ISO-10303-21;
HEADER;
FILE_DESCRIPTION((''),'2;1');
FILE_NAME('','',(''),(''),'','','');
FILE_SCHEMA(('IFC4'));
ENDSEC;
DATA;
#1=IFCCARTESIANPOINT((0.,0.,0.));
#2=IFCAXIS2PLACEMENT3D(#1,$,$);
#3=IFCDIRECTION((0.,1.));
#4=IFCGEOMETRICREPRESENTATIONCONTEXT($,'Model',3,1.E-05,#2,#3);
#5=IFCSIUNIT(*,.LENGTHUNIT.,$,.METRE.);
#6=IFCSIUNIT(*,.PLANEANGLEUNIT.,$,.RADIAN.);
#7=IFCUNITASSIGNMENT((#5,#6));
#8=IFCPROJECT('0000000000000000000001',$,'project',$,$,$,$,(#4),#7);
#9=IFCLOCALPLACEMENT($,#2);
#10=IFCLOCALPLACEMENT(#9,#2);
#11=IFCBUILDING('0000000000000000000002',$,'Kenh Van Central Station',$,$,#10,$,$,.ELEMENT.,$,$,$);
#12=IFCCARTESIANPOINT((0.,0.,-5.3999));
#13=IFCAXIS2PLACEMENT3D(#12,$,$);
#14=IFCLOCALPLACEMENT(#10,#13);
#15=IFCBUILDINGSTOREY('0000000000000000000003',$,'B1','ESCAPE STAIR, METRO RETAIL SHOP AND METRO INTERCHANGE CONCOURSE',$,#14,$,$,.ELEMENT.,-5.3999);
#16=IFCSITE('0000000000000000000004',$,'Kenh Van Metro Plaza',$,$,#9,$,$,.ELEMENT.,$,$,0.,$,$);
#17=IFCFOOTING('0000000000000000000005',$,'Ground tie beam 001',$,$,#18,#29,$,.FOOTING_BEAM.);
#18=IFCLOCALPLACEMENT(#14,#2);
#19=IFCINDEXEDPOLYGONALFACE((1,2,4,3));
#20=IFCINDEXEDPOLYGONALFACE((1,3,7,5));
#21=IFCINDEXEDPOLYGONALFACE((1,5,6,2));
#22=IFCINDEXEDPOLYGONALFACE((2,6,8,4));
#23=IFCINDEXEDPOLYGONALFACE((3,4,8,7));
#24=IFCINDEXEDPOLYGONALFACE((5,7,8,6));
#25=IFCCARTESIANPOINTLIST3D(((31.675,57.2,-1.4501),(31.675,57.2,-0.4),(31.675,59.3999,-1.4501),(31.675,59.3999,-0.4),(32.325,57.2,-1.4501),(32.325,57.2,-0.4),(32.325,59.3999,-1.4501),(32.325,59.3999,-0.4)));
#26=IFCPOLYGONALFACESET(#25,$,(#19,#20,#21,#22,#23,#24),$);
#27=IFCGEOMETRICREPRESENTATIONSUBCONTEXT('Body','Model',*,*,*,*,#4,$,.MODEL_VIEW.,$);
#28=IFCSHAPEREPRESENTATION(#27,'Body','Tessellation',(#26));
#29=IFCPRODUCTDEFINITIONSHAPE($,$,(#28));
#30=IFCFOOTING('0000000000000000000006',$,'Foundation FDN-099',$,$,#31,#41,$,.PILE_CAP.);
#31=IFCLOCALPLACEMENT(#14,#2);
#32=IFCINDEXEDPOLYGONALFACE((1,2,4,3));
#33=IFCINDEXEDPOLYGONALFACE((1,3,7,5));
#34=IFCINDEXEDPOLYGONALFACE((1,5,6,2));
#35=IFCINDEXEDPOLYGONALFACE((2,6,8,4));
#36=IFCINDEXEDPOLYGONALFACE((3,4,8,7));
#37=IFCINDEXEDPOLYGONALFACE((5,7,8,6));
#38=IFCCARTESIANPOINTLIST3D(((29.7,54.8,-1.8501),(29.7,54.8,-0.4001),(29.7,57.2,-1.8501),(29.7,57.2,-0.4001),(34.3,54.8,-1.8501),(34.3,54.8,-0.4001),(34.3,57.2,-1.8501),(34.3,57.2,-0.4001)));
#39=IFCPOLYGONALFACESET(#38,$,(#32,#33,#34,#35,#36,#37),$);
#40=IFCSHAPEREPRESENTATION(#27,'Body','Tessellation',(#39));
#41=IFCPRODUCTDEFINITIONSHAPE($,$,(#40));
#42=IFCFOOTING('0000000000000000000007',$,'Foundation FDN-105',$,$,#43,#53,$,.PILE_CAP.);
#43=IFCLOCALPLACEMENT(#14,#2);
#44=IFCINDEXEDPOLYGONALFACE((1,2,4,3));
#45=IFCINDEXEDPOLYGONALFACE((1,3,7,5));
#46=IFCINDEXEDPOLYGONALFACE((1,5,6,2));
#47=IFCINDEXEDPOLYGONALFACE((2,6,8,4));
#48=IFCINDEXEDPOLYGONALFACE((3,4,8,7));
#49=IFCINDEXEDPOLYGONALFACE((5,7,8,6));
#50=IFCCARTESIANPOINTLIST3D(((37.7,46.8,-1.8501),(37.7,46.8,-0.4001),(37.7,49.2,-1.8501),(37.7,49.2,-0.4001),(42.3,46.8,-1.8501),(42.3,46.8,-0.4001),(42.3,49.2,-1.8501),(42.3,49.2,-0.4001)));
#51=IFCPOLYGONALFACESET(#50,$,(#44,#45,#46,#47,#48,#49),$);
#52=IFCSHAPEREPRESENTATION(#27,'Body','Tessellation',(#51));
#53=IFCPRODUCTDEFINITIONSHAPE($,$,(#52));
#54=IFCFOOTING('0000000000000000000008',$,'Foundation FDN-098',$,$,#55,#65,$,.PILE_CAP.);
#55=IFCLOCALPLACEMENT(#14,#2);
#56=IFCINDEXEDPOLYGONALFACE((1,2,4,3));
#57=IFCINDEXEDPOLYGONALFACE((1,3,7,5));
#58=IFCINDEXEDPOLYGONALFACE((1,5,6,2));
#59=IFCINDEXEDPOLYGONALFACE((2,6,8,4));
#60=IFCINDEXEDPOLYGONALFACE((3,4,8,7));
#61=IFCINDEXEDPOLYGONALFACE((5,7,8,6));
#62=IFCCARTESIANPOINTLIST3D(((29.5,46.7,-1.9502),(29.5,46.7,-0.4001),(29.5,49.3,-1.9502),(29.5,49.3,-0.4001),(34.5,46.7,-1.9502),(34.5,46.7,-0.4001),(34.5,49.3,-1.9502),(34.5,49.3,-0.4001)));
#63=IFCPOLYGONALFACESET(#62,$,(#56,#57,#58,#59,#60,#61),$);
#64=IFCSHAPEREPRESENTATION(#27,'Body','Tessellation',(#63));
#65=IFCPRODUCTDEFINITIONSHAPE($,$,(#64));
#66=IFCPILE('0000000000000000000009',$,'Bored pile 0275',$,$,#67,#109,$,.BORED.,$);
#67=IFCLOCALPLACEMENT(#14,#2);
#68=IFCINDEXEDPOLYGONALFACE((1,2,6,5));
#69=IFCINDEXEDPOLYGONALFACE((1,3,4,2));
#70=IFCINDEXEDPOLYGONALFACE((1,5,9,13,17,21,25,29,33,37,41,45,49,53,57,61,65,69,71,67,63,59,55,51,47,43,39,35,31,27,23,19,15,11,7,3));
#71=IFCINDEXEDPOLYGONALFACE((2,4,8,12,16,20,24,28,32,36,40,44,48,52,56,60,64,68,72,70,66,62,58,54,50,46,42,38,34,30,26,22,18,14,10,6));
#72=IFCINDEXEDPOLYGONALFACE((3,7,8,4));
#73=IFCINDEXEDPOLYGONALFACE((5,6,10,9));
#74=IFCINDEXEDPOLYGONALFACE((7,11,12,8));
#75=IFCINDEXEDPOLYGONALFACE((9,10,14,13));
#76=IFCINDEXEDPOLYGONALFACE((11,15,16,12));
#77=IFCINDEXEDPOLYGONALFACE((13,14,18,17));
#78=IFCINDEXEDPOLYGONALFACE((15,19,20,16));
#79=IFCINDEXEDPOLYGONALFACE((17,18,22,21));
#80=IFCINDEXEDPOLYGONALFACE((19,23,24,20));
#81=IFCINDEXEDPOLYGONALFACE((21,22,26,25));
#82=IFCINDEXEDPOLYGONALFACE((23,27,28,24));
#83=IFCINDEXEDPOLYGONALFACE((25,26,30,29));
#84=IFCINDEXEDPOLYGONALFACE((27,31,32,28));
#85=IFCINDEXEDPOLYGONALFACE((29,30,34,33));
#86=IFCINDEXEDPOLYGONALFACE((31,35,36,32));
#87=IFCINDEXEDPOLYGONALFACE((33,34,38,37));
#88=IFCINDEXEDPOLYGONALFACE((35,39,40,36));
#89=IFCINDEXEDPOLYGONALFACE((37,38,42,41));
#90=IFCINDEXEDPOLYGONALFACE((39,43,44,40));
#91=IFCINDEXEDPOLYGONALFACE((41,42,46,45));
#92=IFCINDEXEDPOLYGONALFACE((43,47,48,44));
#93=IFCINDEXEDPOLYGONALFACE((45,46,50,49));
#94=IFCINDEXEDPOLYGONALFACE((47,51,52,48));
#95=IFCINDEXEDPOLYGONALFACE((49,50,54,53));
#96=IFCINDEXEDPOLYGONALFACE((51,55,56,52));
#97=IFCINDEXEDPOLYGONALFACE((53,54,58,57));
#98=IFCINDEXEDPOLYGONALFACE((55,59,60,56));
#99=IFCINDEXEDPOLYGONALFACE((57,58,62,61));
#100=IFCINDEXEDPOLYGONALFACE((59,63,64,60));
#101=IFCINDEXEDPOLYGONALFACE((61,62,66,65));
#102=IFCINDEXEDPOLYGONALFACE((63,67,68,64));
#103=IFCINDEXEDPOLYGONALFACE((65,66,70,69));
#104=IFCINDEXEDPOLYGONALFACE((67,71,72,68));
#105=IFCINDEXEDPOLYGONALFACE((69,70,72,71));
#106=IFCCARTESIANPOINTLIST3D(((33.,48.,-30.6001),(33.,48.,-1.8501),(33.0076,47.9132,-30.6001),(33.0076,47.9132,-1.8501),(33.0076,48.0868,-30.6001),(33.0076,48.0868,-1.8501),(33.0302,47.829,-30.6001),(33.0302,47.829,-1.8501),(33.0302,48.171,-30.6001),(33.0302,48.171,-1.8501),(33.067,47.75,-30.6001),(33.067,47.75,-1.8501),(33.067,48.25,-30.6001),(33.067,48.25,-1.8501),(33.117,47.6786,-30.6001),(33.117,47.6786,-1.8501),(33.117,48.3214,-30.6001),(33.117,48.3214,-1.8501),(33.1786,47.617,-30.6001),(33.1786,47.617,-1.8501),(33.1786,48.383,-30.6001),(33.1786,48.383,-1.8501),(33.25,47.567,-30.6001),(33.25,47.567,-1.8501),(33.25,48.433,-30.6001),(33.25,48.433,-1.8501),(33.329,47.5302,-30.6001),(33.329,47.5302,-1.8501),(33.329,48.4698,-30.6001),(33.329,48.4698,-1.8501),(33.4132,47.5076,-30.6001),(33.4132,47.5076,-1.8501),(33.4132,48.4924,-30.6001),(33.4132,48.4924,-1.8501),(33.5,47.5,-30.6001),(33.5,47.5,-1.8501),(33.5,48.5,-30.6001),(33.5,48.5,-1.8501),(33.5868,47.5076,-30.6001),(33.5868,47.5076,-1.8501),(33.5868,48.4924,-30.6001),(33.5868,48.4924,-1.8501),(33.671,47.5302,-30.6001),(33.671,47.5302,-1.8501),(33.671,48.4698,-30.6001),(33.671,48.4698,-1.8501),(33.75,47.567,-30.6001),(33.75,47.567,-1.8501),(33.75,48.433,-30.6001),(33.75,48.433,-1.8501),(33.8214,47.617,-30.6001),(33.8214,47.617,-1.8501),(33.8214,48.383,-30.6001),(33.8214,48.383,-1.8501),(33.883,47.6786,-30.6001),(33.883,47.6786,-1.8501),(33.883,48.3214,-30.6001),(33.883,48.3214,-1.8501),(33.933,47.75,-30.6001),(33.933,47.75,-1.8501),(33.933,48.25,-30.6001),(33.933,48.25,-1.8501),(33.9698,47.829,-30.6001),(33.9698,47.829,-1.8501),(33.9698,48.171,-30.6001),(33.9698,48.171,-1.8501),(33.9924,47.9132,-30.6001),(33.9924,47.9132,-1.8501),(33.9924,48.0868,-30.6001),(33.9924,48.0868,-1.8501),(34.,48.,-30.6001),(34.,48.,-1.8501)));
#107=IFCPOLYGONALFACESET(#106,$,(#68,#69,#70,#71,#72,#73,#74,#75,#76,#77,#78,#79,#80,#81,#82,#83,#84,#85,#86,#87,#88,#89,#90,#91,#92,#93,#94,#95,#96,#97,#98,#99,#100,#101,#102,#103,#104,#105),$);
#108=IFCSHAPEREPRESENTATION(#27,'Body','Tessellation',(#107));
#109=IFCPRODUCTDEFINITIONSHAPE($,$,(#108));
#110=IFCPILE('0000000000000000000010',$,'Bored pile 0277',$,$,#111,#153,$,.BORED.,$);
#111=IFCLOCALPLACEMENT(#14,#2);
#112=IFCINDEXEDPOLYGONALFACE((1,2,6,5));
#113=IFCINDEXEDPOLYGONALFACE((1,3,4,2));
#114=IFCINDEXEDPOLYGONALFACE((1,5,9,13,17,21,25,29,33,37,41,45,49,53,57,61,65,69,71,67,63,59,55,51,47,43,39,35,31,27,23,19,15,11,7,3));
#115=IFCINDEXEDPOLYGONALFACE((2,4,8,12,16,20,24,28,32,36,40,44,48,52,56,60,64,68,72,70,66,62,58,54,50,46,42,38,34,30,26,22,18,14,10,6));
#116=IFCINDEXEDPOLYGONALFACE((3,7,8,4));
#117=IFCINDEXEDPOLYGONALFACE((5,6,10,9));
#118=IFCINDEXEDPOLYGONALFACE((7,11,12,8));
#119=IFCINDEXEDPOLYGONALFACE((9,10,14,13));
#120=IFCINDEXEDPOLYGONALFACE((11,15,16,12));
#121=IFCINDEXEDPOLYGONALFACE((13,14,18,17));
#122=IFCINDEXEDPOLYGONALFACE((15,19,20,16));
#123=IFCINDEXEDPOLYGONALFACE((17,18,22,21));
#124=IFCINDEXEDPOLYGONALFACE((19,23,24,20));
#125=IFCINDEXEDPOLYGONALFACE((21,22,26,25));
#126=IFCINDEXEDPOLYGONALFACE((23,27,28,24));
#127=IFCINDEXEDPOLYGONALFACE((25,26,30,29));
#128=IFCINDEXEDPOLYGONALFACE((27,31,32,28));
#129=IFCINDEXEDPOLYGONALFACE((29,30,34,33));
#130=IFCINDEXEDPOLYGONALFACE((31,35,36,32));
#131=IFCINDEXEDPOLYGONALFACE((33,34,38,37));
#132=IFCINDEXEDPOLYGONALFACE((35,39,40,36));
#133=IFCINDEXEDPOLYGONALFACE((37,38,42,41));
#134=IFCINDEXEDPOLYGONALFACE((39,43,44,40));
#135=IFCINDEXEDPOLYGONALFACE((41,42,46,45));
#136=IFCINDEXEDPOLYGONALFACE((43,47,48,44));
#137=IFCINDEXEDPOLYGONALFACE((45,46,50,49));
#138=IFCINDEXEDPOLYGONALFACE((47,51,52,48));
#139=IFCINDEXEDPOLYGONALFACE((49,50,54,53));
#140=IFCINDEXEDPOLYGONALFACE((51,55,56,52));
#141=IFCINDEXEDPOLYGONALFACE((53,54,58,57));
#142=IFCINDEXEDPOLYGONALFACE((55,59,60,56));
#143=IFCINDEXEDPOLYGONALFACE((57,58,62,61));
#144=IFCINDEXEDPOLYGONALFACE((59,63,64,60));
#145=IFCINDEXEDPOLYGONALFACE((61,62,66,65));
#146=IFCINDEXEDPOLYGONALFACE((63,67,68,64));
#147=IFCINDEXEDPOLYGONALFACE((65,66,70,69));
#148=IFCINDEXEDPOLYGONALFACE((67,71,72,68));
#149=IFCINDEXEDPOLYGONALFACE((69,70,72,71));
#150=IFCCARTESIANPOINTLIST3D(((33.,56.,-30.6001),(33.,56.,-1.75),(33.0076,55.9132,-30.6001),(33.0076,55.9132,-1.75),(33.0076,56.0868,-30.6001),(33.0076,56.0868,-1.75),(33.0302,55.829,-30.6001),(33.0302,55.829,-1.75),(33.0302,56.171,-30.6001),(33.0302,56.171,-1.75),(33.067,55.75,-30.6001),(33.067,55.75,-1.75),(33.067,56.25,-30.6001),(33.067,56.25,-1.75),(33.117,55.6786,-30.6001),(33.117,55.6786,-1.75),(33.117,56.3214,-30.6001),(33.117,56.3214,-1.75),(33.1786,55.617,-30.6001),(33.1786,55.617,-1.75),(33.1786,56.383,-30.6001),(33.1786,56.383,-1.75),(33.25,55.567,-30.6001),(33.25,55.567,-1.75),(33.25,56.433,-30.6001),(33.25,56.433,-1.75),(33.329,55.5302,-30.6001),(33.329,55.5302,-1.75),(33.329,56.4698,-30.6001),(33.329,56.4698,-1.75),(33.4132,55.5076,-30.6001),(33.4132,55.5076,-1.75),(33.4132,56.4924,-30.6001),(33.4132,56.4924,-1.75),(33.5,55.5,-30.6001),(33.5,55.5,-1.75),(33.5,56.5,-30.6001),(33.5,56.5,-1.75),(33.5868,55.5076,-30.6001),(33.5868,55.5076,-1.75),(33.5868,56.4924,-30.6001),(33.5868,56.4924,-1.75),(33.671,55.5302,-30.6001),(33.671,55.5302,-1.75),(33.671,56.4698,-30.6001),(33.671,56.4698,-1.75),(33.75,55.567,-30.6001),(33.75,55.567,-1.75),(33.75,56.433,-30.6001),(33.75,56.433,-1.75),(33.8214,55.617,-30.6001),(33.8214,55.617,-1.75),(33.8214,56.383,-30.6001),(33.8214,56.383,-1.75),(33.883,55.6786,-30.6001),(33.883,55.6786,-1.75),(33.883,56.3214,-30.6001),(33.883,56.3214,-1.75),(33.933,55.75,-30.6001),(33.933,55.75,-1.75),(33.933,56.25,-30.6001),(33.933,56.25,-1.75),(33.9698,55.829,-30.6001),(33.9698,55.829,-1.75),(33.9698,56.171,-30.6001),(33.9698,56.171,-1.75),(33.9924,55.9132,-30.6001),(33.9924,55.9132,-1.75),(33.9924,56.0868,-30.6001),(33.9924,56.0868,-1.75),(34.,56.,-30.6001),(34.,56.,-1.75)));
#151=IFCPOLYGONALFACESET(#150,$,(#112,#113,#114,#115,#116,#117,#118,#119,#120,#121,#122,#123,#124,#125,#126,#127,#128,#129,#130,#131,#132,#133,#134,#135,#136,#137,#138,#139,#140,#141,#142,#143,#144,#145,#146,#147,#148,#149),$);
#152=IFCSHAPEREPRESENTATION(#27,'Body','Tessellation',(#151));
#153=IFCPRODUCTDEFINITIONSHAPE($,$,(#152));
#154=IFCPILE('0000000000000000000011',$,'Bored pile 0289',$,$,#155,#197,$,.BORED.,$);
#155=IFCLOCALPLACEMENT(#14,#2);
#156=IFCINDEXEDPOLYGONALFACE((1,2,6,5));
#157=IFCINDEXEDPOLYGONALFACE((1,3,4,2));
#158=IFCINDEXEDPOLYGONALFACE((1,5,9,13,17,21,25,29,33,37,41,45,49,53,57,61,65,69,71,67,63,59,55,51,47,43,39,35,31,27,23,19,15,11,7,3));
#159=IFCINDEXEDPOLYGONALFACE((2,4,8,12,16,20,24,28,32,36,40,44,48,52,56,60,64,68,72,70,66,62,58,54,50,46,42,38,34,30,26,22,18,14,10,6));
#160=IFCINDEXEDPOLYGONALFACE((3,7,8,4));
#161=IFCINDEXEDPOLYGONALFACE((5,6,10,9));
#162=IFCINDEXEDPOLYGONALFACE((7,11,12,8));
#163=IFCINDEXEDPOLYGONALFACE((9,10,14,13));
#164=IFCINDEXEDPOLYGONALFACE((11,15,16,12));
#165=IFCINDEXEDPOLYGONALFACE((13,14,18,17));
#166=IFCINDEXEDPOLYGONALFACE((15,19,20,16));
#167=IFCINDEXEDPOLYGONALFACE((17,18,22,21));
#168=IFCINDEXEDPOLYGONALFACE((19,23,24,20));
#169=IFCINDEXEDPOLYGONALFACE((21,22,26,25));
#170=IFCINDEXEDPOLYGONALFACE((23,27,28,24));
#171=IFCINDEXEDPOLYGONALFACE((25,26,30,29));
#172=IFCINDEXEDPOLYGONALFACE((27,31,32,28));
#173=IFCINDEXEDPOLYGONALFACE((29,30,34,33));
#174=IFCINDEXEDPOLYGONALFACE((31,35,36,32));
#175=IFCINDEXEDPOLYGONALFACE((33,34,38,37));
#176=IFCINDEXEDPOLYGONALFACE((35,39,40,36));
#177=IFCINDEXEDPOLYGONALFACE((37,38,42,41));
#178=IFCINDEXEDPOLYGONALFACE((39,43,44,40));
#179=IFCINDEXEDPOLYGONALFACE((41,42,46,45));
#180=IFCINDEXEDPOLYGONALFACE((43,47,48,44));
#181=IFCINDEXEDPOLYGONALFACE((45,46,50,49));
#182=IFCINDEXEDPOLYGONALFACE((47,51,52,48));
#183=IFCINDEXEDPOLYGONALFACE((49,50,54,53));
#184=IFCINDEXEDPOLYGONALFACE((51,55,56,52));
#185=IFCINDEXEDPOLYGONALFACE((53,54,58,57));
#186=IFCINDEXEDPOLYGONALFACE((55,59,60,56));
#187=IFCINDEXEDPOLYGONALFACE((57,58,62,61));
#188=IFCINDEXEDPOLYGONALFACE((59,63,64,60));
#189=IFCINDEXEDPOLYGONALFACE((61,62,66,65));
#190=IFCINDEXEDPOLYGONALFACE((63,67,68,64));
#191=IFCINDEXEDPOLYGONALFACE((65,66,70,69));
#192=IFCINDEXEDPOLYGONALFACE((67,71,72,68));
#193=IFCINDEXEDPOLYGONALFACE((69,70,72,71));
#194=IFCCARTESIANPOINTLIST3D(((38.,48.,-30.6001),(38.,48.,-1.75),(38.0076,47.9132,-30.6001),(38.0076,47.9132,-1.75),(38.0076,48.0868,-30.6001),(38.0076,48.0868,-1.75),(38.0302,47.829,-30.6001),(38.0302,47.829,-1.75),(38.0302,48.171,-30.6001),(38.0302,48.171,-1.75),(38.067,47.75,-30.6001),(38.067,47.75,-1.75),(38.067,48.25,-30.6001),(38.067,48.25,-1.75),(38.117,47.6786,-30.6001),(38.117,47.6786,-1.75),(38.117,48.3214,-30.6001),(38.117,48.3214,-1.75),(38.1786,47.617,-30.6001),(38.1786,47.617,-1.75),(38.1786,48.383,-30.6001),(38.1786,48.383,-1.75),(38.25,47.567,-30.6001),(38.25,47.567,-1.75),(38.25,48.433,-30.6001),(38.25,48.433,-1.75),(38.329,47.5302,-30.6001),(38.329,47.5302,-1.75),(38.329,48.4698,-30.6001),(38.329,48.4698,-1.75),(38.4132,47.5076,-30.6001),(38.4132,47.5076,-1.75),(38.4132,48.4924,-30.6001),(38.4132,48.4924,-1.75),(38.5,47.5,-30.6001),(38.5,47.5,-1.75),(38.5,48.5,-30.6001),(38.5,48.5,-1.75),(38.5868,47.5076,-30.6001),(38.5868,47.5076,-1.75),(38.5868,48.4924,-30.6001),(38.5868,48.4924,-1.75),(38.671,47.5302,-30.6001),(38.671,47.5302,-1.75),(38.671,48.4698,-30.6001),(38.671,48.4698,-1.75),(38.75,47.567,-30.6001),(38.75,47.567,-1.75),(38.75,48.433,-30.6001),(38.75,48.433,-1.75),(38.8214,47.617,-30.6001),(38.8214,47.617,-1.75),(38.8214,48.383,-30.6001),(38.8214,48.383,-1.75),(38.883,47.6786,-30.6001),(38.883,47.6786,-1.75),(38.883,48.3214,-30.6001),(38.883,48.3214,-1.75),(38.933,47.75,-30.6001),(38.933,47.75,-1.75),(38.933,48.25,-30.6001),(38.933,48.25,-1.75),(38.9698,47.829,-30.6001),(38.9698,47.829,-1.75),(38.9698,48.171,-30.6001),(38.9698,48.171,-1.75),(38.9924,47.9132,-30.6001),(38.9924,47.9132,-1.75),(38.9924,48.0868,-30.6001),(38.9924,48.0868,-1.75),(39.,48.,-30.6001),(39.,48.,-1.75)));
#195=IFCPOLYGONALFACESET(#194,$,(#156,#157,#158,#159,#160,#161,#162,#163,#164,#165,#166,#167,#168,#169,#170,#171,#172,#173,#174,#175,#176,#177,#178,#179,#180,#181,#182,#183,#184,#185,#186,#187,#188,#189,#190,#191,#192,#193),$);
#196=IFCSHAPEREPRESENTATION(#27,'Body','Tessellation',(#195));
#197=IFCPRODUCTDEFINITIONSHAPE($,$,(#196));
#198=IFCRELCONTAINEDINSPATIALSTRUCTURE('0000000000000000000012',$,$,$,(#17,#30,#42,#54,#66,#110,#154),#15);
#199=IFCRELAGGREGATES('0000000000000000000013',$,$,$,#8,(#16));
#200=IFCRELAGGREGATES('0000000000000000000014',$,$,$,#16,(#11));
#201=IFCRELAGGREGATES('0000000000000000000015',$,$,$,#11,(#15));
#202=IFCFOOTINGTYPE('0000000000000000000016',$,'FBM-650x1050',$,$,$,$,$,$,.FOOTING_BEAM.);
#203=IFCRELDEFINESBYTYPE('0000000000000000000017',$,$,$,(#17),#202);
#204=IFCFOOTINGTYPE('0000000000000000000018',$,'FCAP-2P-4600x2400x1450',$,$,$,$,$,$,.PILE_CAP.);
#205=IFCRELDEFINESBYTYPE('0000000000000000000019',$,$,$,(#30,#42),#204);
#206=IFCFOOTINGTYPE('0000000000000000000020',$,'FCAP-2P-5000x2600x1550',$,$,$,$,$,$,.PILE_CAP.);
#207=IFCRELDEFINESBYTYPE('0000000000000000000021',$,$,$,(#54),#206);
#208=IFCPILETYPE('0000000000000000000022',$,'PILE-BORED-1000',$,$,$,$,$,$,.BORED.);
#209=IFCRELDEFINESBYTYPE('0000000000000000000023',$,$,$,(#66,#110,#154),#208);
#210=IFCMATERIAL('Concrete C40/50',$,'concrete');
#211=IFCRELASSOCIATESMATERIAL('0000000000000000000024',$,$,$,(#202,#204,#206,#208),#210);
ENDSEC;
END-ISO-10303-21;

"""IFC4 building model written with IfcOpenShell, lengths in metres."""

from ifc_helpers import new_model, si_unit, direction, frame, origin, origin_2d, place, context, subcontext, project, spatial, rectangle, circle, extrude, material, material_profile, profile_set, type_object, element, save


model = new_model("IFC4")

# Units and contexts
model_context = context("Model", 3, precision=1e-05, world=origin(), true_north=direction((0.0, 1.0)))
body_context = subcontext(model_context, "Body", "Model", "MODEL_VIEW")
ifc_project = project(units=[si_unit("LENGTHUNIT", "METRE"), si_unit("PLANEANGLEUNIT", "RADIAN")], contexts=[model_context])

# Site, building, storey
site_placement = place(None, origin())
site = spatial("IfcSite", under=ifc_project, at=site_placement, Name="Kenh Van Metro Plaza", CompositionType="ELEMENT", RefElevation=0.0)
building_placement = place(site_placement, origin())
building = spatial("IfcBuilding", under=site, at=building_placement, Name="Kenh Van Central Station", CompositionType="ELEMENT")
storey_placement = place(building_placement, frame((0.0, 0.0, -5.3999)))
storey = spatial("IfcBuildingStorey", under=building, at=storey_placement, Name="B1", Description="ESCAPE STAIR, METRO RETAIL SHOP AND METRO INTERCHANGE CONCOURSE", CompositionType="ELEMENT", Elevation=-5.3999)

# Footings
ifc_material_1 = material(Name="Concrete C40/50", Category="concrete")
ifc_material_profile_1 = material_profile(ifc_material_1, rectangle(XDim=0.6499, YDim=1.05, at=origin_2d()), Name="RC 650x1050")
ifc_profile_set_1 = profile_set([ifc_material_profile_1], Name="Concrete C40/50")
footing_type_1 = type_object("IfcFootingType", Name="FBM-650x1050", PredefinedType="FOOTING_BEAM", material=ifc_profile_set_1)
footing_1_placement = place(storey_placement, frame((32.0, 57.2, -0.925), z_axis=(0.0, 1.0, 0.0), x_axis=(-1.0, 0.0, 0.0)))
element("IfcFooting", 1, at=footing_1_placement, inside=storey, type_object=footing_type_1, Name="Ground tie beam 001", PredefinedType="FOOTING_BEAM", context=body_context, shape_type="SweptSolid", body=[
    extrude(rectangle(XDim=0.6499, YDim=1.05, at=origin_2d()), origin(), (0.0, 0.0, 1.0), 2.2),
])
footing_type_2 = type_object("IfcFootingType", Name="FCAP-2P-4600x2400x1450", PredefinedType="PILE_CAP", material=ifc_material_1)
for number, where, z_axis, x_axis, name in (
    (2, (32.0, 56.0, -1.8501), (0.0, 0.0, 1.0), (1.0, 0.0, 0.0), "Foundation FDN-099"),
    (3, (40.0, 48.0, -1.8501), (0.0, 0.0, 1.0), (1.0, 0.0, 0.0), "Foundation FDN-105"),
):
    element("IfcFooting", number, at=place(storey_placement, frame(where, z_axis=z_axis, x_axis=x_axis)), inside=storey, type_object=footing_type_2, Name=name, PredefinedType="PILE_CAP", context=body_context, shape_type="SweptSolid", body=[
        extrude(rectangle(XDim=4.6001, YDim=2.3999, at=origin_2d()), origin(), (0.0, 0.0, 1.0), 1.45),
    ])
footing_type_3 = type_object("IfcFootingType", Name="FCAP-2P-5000x2600x1550", PredefinedType="PILE_CAP", material=ifc_material_1)
footing_2_placement = place(storey_placement, frame((32.0, 48.0, -1.9502), z_axis=(0.0, 0.0, 1.0), x_axis=(1.0, 0.0, 0.0)))
element("IfcFooting", 4, at=footing_2_placement, inside=storey, type_object=footing_type_3, Name="Foundation FDN-098", PredefinedType="PILE_CAP", context=body_context, shape_type="SweptSolid", body=[
    extrude(rectangle(XDim=5.0, YDim=2.6001, at=origin_2d()), origin(), (0.0, 0.0, 1.0), 1.55),
])

# Piles
ifc_material_profile_2 = material_profile(ifc_material_1, circle(Radius=0.5, at=origin_2d()), Name="PILE D1000")
ifc_profile_set_2 = profile_set([ifc_material_profile_2], Name="Concrete C40/50")
pile_type = type_object("IfcPileType", Name="PILE-BORED-1000", PredefinedType="BORED", material=ifc_profile_set_2)
pile_1_placement = place(storey_placement, frame((33.5, 48.0, -1.8501), z_axis=(0.0, 0.0, -1.0), x_axis=(1.0, 0.0, 0.0)))
element("IfcPile", 5, at=pile_1_placement, inside=storey, type_object=pile_type, Name="Bored pile 0275", PredefinedType="BORED", context=body_context, shape_type="SweptSolid", body=[
    extrude(circle(Radius=0.5, at=origin_2d()), origin(), (0.0, 0.0, 1.0), 28.75),
])
for number, where, z_axis, x_axis, name in (
    (6, (33.5, 56.0, -1.75), (0.0, 0.0, -1.0), (1.0, 0.0, 0.0), "Bored pile 0277"),
    (7, (38.5, 48.0, -1.75), (0.0, 0.0, -1.0), (1.0, 0.0, 0.0), "Bored pile 0289"),
):
    element("IfcPile", number, at=place(storey_placement, frame(where, z_axis=z_axis, x_axis=x_axis)), inside=storey, type_object=pile_type, Name=name, PredefinedType="BORED", context=body_context, shape_type="SweptSolid", body=[
        extrude(circle(Radius=0.5, at=origin_2d()), origin(), (0.0, 0.0, 1.0), 28.8501),
    ])

save(model, "model.ifc")
